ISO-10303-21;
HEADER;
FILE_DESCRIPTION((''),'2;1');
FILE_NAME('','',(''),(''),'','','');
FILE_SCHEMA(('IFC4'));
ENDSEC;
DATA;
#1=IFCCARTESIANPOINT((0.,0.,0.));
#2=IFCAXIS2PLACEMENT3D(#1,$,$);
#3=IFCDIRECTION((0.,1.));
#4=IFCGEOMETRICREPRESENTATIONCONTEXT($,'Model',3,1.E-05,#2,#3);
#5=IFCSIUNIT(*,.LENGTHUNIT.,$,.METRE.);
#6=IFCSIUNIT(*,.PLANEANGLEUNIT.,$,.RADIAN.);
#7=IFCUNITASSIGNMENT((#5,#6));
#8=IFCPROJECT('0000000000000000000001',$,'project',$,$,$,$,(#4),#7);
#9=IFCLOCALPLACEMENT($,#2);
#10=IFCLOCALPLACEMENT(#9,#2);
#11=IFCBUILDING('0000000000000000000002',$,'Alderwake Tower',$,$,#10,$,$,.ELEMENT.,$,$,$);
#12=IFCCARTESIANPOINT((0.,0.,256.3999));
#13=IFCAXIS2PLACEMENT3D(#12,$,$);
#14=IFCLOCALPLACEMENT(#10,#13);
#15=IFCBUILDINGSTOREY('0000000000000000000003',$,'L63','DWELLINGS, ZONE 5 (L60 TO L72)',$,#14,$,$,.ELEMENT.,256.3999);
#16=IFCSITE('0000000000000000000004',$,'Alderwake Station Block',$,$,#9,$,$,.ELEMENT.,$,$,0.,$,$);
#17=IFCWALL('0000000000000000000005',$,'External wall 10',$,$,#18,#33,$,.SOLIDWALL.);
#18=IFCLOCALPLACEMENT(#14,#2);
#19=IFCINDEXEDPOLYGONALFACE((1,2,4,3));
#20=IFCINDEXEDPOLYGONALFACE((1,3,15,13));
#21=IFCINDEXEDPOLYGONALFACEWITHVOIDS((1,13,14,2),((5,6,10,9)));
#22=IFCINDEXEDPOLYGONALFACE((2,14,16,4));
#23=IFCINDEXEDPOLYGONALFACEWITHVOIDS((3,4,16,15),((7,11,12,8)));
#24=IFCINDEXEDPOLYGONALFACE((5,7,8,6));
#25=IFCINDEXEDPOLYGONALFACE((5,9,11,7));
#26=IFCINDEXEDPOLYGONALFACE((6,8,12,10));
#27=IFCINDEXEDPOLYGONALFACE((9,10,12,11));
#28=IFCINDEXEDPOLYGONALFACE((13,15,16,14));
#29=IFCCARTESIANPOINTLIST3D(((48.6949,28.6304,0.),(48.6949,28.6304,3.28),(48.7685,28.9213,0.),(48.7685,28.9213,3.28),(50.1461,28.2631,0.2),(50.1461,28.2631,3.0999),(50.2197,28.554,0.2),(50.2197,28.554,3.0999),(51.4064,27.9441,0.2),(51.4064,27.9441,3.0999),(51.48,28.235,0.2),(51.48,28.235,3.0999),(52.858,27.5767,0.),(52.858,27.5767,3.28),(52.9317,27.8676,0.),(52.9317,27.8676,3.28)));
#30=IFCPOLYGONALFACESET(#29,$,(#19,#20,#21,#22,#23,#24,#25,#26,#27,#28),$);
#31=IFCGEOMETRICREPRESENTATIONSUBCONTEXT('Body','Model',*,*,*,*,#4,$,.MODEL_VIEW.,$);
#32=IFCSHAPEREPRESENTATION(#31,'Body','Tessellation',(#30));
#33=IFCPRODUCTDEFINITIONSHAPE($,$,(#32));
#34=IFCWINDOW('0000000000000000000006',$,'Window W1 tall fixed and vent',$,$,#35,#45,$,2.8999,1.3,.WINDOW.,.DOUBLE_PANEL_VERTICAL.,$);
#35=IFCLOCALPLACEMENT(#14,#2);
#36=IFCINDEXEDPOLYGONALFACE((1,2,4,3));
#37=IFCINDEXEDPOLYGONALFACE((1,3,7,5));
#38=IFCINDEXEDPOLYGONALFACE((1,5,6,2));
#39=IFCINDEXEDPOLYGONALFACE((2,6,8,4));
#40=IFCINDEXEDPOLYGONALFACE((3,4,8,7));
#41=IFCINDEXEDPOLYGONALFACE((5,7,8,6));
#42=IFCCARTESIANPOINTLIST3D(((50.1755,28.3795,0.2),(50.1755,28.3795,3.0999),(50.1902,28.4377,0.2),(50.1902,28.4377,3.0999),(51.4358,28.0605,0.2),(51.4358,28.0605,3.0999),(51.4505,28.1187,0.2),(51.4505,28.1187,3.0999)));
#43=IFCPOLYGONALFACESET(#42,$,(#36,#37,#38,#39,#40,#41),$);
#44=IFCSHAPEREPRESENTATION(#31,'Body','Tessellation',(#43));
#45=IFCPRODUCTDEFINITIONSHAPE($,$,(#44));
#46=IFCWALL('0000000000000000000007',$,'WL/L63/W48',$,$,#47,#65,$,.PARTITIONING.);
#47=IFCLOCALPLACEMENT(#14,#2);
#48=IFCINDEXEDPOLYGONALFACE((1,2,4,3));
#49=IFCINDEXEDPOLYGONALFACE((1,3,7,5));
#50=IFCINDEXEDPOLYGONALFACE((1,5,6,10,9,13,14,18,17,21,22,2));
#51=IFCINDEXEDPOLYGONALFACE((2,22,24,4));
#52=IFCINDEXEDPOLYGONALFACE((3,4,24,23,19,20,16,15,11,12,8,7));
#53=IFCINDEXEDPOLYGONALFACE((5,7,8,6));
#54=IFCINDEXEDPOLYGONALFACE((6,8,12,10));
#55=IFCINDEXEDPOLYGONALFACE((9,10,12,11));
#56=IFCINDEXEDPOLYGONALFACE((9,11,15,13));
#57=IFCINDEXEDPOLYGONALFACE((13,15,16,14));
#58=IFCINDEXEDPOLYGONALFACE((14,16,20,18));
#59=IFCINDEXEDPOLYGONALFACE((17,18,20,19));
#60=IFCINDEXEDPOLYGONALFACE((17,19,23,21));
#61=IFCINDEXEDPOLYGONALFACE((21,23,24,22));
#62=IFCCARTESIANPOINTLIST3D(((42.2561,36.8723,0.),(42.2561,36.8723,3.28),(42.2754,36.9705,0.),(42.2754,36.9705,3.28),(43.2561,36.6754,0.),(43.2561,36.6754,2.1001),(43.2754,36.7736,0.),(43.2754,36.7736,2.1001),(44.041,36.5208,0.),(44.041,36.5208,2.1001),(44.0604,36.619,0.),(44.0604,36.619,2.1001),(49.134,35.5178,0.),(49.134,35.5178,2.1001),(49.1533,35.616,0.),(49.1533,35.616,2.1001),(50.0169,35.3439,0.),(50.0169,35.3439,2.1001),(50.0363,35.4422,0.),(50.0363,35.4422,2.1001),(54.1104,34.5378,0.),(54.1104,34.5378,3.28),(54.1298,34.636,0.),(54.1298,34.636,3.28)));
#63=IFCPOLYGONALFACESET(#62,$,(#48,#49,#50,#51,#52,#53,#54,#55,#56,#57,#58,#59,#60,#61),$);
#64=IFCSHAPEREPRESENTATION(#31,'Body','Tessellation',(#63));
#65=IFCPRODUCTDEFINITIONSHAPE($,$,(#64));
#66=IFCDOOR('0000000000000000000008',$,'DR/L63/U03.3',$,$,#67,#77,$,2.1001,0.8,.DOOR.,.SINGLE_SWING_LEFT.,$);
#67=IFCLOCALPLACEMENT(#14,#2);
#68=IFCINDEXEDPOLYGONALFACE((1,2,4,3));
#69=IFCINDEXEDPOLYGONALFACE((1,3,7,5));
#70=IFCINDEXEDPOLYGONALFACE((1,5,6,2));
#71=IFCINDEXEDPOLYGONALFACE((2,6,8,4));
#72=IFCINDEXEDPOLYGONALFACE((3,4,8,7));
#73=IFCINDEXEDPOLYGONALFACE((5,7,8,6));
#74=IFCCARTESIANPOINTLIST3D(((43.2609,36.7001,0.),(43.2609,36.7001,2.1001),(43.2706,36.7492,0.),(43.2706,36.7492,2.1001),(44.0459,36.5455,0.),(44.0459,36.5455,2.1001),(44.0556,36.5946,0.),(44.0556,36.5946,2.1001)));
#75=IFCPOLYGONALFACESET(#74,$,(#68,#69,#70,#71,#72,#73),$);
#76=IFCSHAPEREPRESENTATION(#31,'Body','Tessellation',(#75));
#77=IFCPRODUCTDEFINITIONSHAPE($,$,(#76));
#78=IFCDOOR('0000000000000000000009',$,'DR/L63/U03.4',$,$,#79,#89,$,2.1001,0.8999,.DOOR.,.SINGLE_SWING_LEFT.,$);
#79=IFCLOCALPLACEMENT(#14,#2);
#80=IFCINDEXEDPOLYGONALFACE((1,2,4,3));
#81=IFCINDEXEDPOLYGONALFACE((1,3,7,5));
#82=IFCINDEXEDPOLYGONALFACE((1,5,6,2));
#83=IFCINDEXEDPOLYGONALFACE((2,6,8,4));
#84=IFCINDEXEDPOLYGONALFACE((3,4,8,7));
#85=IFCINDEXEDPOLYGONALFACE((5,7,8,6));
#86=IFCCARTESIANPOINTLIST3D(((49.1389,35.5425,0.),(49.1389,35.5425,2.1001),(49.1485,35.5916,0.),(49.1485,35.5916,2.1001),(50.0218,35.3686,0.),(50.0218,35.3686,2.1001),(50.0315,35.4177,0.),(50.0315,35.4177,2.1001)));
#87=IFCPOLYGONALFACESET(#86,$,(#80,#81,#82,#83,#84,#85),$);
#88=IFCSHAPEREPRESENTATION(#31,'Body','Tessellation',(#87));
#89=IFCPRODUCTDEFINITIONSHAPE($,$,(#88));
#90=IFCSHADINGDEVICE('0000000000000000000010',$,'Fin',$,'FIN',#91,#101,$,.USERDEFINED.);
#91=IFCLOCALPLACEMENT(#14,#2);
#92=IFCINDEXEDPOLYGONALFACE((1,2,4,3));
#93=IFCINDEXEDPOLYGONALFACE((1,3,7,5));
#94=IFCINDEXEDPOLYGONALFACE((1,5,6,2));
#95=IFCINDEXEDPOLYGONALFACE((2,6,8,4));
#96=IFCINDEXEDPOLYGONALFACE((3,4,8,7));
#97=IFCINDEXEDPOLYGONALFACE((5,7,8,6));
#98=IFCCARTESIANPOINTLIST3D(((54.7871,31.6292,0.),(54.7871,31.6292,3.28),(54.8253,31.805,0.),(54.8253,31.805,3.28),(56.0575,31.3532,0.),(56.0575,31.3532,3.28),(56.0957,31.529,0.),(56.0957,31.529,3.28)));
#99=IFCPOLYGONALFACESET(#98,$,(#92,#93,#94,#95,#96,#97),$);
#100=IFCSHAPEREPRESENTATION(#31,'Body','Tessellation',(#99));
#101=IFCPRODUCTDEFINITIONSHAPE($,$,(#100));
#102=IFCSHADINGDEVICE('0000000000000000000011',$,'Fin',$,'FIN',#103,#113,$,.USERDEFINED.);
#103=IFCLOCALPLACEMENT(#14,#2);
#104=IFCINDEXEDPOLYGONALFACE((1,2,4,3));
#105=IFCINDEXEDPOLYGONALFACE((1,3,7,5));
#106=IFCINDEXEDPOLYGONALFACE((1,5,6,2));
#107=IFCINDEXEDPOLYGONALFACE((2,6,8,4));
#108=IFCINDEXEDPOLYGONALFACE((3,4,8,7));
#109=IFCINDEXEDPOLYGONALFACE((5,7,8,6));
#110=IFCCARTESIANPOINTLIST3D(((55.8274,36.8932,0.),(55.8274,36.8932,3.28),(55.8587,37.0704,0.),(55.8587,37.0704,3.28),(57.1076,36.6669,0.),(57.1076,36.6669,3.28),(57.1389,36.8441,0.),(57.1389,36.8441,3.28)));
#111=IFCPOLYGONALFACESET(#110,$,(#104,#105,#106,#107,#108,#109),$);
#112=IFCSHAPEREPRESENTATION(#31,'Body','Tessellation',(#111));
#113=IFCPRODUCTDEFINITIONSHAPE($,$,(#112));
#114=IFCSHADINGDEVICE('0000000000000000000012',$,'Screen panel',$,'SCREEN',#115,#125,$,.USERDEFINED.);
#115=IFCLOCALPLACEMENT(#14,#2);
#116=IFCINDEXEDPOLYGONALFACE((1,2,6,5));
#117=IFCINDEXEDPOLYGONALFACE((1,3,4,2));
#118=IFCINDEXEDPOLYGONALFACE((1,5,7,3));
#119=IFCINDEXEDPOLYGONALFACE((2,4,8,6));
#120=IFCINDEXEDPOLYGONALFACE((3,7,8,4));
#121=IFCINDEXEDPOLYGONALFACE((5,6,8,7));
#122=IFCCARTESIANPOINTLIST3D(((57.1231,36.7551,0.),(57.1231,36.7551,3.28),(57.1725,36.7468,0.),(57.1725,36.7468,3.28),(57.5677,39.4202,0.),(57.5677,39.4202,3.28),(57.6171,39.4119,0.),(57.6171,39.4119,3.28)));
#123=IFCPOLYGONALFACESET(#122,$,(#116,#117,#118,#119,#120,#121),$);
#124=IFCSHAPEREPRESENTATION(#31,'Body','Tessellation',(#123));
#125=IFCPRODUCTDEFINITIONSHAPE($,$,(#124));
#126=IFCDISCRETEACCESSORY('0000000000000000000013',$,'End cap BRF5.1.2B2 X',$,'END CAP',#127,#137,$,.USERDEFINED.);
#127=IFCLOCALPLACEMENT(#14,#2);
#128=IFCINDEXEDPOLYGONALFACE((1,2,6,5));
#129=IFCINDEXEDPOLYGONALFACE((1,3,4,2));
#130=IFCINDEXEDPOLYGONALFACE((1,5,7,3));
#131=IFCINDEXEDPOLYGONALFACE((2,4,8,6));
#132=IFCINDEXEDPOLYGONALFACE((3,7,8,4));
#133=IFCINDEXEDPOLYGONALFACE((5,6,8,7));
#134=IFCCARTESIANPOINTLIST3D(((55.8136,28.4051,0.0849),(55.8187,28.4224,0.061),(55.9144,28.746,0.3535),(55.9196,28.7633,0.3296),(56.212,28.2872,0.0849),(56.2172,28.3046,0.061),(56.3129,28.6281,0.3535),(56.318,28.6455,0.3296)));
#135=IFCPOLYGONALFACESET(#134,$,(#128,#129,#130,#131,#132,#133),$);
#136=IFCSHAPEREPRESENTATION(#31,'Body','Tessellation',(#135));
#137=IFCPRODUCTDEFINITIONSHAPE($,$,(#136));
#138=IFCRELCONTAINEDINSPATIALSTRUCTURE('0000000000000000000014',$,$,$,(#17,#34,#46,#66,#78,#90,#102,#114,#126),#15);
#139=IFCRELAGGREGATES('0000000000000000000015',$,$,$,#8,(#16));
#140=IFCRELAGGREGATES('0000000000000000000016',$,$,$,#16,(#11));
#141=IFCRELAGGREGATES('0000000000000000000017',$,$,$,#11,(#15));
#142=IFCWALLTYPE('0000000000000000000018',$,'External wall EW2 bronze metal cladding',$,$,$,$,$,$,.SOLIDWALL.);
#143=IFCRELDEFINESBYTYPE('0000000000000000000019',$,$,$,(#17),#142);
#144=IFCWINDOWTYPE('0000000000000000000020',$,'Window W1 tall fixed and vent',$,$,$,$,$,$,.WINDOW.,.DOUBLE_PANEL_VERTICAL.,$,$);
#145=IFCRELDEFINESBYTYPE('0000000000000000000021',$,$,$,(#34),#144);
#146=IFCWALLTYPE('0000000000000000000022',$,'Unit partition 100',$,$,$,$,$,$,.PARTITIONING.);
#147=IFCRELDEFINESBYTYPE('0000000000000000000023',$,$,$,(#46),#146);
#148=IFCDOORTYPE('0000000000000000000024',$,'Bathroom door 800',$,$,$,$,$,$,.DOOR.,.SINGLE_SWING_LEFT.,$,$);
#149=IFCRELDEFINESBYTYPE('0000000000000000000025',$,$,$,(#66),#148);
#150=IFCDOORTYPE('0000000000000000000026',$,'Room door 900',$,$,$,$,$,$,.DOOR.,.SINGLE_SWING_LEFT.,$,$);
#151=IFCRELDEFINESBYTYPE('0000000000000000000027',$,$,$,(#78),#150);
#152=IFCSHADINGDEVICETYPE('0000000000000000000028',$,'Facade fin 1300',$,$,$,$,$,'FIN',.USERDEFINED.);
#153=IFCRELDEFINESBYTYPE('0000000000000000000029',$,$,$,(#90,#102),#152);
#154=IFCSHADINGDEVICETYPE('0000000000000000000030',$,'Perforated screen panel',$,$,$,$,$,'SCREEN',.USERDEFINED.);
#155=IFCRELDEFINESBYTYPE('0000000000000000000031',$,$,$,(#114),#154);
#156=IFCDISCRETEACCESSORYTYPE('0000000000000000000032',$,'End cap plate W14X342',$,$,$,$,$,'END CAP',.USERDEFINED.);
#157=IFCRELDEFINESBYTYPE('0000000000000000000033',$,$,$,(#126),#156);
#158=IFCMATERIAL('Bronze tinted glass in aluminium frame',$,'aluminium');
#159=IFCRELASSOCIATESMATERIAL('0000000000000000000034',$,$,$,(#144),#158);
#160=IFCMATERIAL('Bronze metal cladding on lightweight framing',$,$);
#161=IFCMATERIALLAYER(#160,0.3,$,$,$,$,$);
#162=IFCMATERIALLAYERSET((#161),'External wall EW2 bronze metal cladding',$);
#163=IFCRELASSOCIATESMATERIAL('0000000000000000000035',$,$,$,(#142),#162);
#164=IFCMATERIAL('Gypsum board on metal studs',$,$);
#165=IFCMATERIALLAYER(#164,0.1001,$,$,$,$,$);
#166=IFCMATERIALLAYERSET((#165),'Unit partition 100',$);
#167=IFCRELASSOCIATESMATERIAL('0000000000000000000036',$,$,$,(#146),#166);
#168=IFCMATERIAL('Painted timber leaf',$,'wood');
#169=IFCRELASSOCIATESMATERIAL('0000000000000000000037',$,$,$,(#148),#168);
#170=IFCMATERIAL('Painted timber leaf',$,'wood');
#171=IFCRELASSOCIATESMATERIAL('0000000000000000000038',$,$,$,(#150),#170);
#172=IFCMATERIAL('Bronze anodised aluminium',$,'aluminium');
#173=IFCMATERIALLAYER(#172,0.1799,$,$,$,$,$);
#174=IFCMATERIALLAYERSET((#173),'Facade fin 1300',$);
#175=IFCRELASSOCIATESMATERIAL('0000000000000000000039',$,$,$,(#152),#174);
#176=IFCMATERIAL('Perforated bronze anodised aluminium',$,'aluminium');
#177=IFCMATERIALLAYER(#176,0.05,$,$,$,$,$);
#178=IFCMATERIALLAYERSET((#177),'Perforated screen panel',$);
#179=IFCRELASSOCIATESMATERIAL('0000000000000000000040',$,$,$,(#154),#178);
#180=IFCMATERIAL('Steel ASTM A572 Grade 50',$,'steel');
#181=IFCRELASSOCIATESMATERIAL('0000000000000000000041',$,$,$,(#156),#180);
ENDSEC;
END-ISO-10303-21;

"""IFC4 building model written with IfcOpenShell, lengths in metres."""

from ifc_helpers import new_model, si_unit, direction, frame, frame_2d, origin, origin_2d, place, context, subcontext, project, spatial, rectangle, extrude, material, layer, layer_set, material_profile, profile_set, type_object, element, fill, save


model = new_model("IFC4")

# Units and contexts
model_context = context("Model", 3, precision=1e-05, world=origin(), true_north=direction((0.0, 1.0)))
body_context = subcontext(model_context, "Body", "Model", "MODEL_VIEW")
ifc_project = project(units=[si_unit("LENGTHUNIT", "METRE"), si_unit("PLANEANGLEUNIT", "RADIAN")], contexts=[model_context])

# Site, building, storey
site_placement = place(None, origin())
site = spatial("IfcSite", under=ifc_project, at=site_placement, Name="Alderwake Station Block", CompositionType="ELEMENT", RefElevation=0.0)
building_placement = place(site_placement, origin())
building = spatial("IfcBuilding", under=site, at=building_placement, Name="Alderwake Tower", CompositionType="ELEMENT")
storey_placement = place(building_placement, frame((0.0, 0.0, 256.3999)))
storey = spatial("IfcBuildingStorey", under=building, at=storey_placement, Name="L63", Description="DWELLINGS, ZONE 5 (L60 TO L72)", CompositionType="ELEMENT", Elevation=256.3999)

# Shared definitions
ifc_material_1 = material(Name="Bronze tinted glass in aluminium frame", Category="aluminium")
window_type = type_object("IfcWindowType", Name="Window W1 tall fixed and vent", PartitioningType="DOUBLE_PANEL_VERTICAL", PredefinedType="WINDOW", material=ifc_material_1)

# Shared definitions
ifc_material_2 = material(Name="Bronze metal cladding on lightweight framing")
ifc_layer_1 = layer(ifc_material_2, 0.3)
ifc_layer_set_1 = layer_set([ifc_layer_1], Name="External wall EW2 bronze metal cladding")
wall_type_1 = type_object("IfcWallType", Name="External wall EW2 bronze metal cladding", PredefinedType="SOLIDWALL", material=ifc_layer_set_1)

# Wall, opening, window
wall_1_placement = place(storey_placement, frame((48.7317, 28.7759, 0.0), z_axis=(0.0, 0.0, 1.0), x_axis=(0.969429, -0.24537, 0.0)))
wall_1 = element("IfcWall", 1, at=wall_1_placement, inside=storey, type_object=wall_type_1, Name="External wall 10", PredefinedType="SOLIDWALL", context=body_context, shape_type="SweptSolid", body=[
    extrude(rectangle(XDim=4.2944, YDim=0.3, at=frame_2d((2.1472, 0.0))), origin(), (0.0, 0.0, 1.0), 3.28),
])
opening_1_placement = place(wall_1_placement, frame((1.4971, 0.0, 0.2)))
opening_1 = element("IfcOpeningElement", 2, at=opening_1_placement, cuts=wall_1, PredefinedType="OPENING", context=body_context, shape_type="SweptSolid", body=[
    extrude(rectangle(XDim=1.3, YDim=2.8999, at=frame_2d((0.6499, 1.45))), frame((0.0, 0.1599, 0.0), z_axis=(0.0, -1.0, 0.0), x_axis=(1.0, 0.0, 0.0)), (0.0, 0.0, 1.0), 0.3201),
])
window_1_placement = place(opening_1_placement, origin())
window_1 = element("IfcWindow", 3, at=window_1_placement, inside=storey, type_object=window_type, Name="Window W1 tall fixed and vent", OverallHeight=2.8999, OverallWidth=1.3, PartitioningType="DOUBLE_PANEL_VERTICAL", PredefinedType="WINDOW", context=body_context, shape_type="SweptSolid", body=[
    extrude(rectangle(XDim=1.3, YDim=2.8999, at=frame_2d((0.6499, 1.45))), frame((0.0, 0.03, 0.0), z_axis=(0.0, -1.0, 0.0), x_axis=(1.0, 0.0, 0.0)), (0.0, 0.0, 1.0), 0.0601),
])
fill(opening_1, window_1)

# Wall, openings, doors
ifc_material_3 = material(Name="Gypsum board on metal studs")
ifc_layer_2 = layer(ifc_material_3, 0.1001)
ifc_layer_set_2 = layer_set([ifc_layer_2], Name="Unit partition 100")
wall_type_2 = type_object("IfcWallType", Name="Unit partition 100", PredefinedType="PARTITIONING", material=ifc_layer_set_2)
wall_2_placement = place(storey_placement, frame((54.1201, 34.5869, 0.0), z_axis=(0.0, 0.0, 1.0), x_axis=(-0.981155, 0.19322, 0.0)))
wall_2 = element("IfcWall", 4, at=wall_2_placement, inside=storey, type_object=wall_type_2, Name="WL/L63/W48", PredefinedType="PARTITIONING", context=body_context, shape_type="SweptSolid", body=[
    extrude(rectangle(XDim=12.082, YDim=0.1001, at=frame_2d((6.041, 0.0))), origin(), (0.0, 0.0, 1.0), 3.28),
])
opening_2_placement = place(wall_2_placement, frame((10.2629, 0.0, 0.0)))
opening_2 = element("IfcOpeningElement", 5, at=opening_2_placement, cuts=wall_2, PredefinedType="OPENING", context=body_context, shape_type="SweptSolid", body=[
    extrude(rectangle(XDim=0.8, YDim=2.1001, at=frame_2d((0.3999, 1.05))), frame((0.0, 0.0601, 0.0), z_axis=(0.0, -1.0, 0.0), x_axis=(1.0, 0.0, 0.0)), (0.0, 0.0, 1.0), 0.1201),
])
opening_3_placement = place(wall_2_placement, frame((4.1721, 0.0, 0.0)))
opening_3 = element("IfcOpeningElement", 6, at=opening_3_placement, cuts=wall_2, PredefinedType="OPENING", context=body_context, shape_type="SweptSolid", body=[
    extrude(rectangle(XDim=0.8999, YDim=2.1001, at=frame_2d((0.45, 1.05))), frame((0.0, 0.0601, 0.0), z_axis=(0.0, -1.0, 0.0), x_axis=(1.0, 0.0, 0.0)), (0.0, 0.0, 1.0), 0.1201),
])
ifc_material_4 = material(Name="Painted timber leaf", Category="wood")
door_type_1 = type_object("IfcDoorType", Name="Bathroom door 800", OperationType="SINGLE_SWING_LEFT", PredefinedType="DOOR", material=ifc_material_4)
door_1_placement = place(opening_2_placement, origin())
door_1 = element("IfcDoor", 7, at=door_1_placement, inside=storey, type_object=door_type_1, Name="DR/L63/U03.3", OperationType="SINGLE_SWING_LEFT", OverallHeight=2.1001, OverallWidth=0.8, PredefinedType="DOOR", context=body_context, shape_type="SweptSolid", body=[
    extrude(rectangle(XDim=0.8, YDim=2.1001, at=frame_2d((0.3999, 1.05))), frame((0.0, 0.0249, 0.0), z_axis=(0.0, -1.0, 0.0), x_axis=(1.0, 0.0, 0.0)), (0.0, 0.0, 1.0), 0.05),
])
fill(opening_2, door_1)
ifc_material_5 = material(Name="Painted timber leaf", Category="wood")
door_type_2 = type_object("IfcDoorType", Name="Room door 900", OperationType="SINGLE_SWING_LEFT", PredefinedType="DOOR", material=ifc_material_5)
door_2_placement = place(opening_3_placement, origin())
door_2 = element("IfcDoor", 8, at=door_2_placement, inside=storey, type_object=door_type_2, Name="DR/L63/U03.4", OperationType="SINGLE_SWING_LEFT", OverallHeight=2.1001, OverallWidth=0.8999, PredefinedType="DOOR", context=body_context, shape_type="SweptSolid", body=[
    extrude(rectangle(XDim=0.8999, YDim=2.1001, at=frame_2d((0.45, 1.05))), frame((0.0, 0.0249, 0.0), z_axis=(0.0, -1.0, 0.0), x_axis=(1.0, 0.0, 0.0)), (0.0, 0.0, 1.0), 0.05),
])
fill(opening_3, door_2)

# Shading devices
ifc_material_6 = material(Name="Bronze anodised aluminium", Category="aluminium")
ifc_layer_3 = layer(ifc_material_6, 0.1799)
ifc_layer_set_3 = layer_set([ifc_layer_3], Name="Facade fin 1300")
shading_device_type_1 = type_object("IfcShadingDeviceType", Name="Facade fin 1300", ElementType="FIN", PredefinedType="USERDEFINED", material=ifc_layer_set_3)
for number, where, z_axis, x_axis, name in (
    (9, (55.4414, 31.5791, 0.0), (0.0, 0.0, 1.0), (0.97721, -0.212273, 0.0), "Fin"),
    (10, (56.4832, 36.8687, 0.0), (0.0, 0.0, 1.0), (0.984726, -0.174109, 0.0), "Fin"),
):
    element("IfcShadingDevice", number, at=place(storey_placement, frame(where, z_axis=z_axis, x_axis=x_axis)), inside=storey, type_object=shading_device_type_1, Name=name, ObjectType="FIN", PredefinedType="USERDEFINED", context=body_context, shape_type="SweptSolid", body=[
        extrude(rectangle(XDim=1.3, YDim=0.1799, at=origin_2d()), origin(), (0.0, 0.0, 1.0), 3.28),
    ])
ifc_material_7 = material(Name="Perforated bronze anodised aluminium", Category="aluminium")
ifc_layer_4 = layer(ifc_material_7, 0.05)
ifc_layer_set_4 = layer_set([ifc_layer_4], Name="Perforated screen panel")
shading_device_type_2 = type_object("IfcShadingDeviceType", Name="Perforated screen panel", ElementType="SCREEN", PredefinedType="USERDEFINED", material=ifc_layer_set_4)
shading_device_placement = place(storey_placement, frame((57.3701, 38.0835, 0.0), z_axis=(0.0, 0.0, 1.0), x_axis=(0.986369, -0.164548, 0.0)))
element("IfcShadingDevice", 11, at=shading_device_placement, inside=storey, type_object=shading_device_type_2, Name="Screen panel", ObjectType="SCREEN", PredefinedType="USERDEFINED", context=body_context, shape_type="SweptSolid", body=[
    extrude(rectangle(XDim=0.05, YDim=2.7019, at=origin_2d()), origin(), (0.0, 0.0, 1.0), 3.28),
])

# Discrete accessory
ifc_material_8 = material(Name="Steel ASTM A572 Grade 50", Category="steel")
ifc_material_profile_1 = material_profile(ifc_material_8, rectangle(XDim=0.4155, YDim=0.4456, at=origin_2d()), Name="W14X342 cap")
ifc_profile_set_1 = profile_set([ifc_material_profile_1], Name="Steel ASTM A572 Grade 50")
discrete_accessory_type = type_object("IfcDiscreteAccessoryType", Name="End cap plate W14X342", ElementType="END CAP", PredefinedType="USERDEFINED", material=ifc_profile_set_1)
discrete_accessory_placement = place(storey_placement, frame((56.0632, 28.5166, 0.2192), z_axis=(0.170975, 0.578058, -0.797883), x_axis=(-0.958934, 0.283628, 0.0)))
element("IfcDiscreteAccessory", 12, at=discrete_accessory_placement, inside=storey, type_object=discrete_accessory_type, Name="End cap BRF5.1.2B2 X", ObjectType="END CAP", PredefinedType="USERDEFINED", context=body_context, shape_type="SweptSolid", body=[
    extrude(rectangle(XDim=0.4155, YDim=0.4456, at=origin_2d()), origin(), (0.0, 0.0, 1.0), 0.03),
])

save(model, "model.ifc")
